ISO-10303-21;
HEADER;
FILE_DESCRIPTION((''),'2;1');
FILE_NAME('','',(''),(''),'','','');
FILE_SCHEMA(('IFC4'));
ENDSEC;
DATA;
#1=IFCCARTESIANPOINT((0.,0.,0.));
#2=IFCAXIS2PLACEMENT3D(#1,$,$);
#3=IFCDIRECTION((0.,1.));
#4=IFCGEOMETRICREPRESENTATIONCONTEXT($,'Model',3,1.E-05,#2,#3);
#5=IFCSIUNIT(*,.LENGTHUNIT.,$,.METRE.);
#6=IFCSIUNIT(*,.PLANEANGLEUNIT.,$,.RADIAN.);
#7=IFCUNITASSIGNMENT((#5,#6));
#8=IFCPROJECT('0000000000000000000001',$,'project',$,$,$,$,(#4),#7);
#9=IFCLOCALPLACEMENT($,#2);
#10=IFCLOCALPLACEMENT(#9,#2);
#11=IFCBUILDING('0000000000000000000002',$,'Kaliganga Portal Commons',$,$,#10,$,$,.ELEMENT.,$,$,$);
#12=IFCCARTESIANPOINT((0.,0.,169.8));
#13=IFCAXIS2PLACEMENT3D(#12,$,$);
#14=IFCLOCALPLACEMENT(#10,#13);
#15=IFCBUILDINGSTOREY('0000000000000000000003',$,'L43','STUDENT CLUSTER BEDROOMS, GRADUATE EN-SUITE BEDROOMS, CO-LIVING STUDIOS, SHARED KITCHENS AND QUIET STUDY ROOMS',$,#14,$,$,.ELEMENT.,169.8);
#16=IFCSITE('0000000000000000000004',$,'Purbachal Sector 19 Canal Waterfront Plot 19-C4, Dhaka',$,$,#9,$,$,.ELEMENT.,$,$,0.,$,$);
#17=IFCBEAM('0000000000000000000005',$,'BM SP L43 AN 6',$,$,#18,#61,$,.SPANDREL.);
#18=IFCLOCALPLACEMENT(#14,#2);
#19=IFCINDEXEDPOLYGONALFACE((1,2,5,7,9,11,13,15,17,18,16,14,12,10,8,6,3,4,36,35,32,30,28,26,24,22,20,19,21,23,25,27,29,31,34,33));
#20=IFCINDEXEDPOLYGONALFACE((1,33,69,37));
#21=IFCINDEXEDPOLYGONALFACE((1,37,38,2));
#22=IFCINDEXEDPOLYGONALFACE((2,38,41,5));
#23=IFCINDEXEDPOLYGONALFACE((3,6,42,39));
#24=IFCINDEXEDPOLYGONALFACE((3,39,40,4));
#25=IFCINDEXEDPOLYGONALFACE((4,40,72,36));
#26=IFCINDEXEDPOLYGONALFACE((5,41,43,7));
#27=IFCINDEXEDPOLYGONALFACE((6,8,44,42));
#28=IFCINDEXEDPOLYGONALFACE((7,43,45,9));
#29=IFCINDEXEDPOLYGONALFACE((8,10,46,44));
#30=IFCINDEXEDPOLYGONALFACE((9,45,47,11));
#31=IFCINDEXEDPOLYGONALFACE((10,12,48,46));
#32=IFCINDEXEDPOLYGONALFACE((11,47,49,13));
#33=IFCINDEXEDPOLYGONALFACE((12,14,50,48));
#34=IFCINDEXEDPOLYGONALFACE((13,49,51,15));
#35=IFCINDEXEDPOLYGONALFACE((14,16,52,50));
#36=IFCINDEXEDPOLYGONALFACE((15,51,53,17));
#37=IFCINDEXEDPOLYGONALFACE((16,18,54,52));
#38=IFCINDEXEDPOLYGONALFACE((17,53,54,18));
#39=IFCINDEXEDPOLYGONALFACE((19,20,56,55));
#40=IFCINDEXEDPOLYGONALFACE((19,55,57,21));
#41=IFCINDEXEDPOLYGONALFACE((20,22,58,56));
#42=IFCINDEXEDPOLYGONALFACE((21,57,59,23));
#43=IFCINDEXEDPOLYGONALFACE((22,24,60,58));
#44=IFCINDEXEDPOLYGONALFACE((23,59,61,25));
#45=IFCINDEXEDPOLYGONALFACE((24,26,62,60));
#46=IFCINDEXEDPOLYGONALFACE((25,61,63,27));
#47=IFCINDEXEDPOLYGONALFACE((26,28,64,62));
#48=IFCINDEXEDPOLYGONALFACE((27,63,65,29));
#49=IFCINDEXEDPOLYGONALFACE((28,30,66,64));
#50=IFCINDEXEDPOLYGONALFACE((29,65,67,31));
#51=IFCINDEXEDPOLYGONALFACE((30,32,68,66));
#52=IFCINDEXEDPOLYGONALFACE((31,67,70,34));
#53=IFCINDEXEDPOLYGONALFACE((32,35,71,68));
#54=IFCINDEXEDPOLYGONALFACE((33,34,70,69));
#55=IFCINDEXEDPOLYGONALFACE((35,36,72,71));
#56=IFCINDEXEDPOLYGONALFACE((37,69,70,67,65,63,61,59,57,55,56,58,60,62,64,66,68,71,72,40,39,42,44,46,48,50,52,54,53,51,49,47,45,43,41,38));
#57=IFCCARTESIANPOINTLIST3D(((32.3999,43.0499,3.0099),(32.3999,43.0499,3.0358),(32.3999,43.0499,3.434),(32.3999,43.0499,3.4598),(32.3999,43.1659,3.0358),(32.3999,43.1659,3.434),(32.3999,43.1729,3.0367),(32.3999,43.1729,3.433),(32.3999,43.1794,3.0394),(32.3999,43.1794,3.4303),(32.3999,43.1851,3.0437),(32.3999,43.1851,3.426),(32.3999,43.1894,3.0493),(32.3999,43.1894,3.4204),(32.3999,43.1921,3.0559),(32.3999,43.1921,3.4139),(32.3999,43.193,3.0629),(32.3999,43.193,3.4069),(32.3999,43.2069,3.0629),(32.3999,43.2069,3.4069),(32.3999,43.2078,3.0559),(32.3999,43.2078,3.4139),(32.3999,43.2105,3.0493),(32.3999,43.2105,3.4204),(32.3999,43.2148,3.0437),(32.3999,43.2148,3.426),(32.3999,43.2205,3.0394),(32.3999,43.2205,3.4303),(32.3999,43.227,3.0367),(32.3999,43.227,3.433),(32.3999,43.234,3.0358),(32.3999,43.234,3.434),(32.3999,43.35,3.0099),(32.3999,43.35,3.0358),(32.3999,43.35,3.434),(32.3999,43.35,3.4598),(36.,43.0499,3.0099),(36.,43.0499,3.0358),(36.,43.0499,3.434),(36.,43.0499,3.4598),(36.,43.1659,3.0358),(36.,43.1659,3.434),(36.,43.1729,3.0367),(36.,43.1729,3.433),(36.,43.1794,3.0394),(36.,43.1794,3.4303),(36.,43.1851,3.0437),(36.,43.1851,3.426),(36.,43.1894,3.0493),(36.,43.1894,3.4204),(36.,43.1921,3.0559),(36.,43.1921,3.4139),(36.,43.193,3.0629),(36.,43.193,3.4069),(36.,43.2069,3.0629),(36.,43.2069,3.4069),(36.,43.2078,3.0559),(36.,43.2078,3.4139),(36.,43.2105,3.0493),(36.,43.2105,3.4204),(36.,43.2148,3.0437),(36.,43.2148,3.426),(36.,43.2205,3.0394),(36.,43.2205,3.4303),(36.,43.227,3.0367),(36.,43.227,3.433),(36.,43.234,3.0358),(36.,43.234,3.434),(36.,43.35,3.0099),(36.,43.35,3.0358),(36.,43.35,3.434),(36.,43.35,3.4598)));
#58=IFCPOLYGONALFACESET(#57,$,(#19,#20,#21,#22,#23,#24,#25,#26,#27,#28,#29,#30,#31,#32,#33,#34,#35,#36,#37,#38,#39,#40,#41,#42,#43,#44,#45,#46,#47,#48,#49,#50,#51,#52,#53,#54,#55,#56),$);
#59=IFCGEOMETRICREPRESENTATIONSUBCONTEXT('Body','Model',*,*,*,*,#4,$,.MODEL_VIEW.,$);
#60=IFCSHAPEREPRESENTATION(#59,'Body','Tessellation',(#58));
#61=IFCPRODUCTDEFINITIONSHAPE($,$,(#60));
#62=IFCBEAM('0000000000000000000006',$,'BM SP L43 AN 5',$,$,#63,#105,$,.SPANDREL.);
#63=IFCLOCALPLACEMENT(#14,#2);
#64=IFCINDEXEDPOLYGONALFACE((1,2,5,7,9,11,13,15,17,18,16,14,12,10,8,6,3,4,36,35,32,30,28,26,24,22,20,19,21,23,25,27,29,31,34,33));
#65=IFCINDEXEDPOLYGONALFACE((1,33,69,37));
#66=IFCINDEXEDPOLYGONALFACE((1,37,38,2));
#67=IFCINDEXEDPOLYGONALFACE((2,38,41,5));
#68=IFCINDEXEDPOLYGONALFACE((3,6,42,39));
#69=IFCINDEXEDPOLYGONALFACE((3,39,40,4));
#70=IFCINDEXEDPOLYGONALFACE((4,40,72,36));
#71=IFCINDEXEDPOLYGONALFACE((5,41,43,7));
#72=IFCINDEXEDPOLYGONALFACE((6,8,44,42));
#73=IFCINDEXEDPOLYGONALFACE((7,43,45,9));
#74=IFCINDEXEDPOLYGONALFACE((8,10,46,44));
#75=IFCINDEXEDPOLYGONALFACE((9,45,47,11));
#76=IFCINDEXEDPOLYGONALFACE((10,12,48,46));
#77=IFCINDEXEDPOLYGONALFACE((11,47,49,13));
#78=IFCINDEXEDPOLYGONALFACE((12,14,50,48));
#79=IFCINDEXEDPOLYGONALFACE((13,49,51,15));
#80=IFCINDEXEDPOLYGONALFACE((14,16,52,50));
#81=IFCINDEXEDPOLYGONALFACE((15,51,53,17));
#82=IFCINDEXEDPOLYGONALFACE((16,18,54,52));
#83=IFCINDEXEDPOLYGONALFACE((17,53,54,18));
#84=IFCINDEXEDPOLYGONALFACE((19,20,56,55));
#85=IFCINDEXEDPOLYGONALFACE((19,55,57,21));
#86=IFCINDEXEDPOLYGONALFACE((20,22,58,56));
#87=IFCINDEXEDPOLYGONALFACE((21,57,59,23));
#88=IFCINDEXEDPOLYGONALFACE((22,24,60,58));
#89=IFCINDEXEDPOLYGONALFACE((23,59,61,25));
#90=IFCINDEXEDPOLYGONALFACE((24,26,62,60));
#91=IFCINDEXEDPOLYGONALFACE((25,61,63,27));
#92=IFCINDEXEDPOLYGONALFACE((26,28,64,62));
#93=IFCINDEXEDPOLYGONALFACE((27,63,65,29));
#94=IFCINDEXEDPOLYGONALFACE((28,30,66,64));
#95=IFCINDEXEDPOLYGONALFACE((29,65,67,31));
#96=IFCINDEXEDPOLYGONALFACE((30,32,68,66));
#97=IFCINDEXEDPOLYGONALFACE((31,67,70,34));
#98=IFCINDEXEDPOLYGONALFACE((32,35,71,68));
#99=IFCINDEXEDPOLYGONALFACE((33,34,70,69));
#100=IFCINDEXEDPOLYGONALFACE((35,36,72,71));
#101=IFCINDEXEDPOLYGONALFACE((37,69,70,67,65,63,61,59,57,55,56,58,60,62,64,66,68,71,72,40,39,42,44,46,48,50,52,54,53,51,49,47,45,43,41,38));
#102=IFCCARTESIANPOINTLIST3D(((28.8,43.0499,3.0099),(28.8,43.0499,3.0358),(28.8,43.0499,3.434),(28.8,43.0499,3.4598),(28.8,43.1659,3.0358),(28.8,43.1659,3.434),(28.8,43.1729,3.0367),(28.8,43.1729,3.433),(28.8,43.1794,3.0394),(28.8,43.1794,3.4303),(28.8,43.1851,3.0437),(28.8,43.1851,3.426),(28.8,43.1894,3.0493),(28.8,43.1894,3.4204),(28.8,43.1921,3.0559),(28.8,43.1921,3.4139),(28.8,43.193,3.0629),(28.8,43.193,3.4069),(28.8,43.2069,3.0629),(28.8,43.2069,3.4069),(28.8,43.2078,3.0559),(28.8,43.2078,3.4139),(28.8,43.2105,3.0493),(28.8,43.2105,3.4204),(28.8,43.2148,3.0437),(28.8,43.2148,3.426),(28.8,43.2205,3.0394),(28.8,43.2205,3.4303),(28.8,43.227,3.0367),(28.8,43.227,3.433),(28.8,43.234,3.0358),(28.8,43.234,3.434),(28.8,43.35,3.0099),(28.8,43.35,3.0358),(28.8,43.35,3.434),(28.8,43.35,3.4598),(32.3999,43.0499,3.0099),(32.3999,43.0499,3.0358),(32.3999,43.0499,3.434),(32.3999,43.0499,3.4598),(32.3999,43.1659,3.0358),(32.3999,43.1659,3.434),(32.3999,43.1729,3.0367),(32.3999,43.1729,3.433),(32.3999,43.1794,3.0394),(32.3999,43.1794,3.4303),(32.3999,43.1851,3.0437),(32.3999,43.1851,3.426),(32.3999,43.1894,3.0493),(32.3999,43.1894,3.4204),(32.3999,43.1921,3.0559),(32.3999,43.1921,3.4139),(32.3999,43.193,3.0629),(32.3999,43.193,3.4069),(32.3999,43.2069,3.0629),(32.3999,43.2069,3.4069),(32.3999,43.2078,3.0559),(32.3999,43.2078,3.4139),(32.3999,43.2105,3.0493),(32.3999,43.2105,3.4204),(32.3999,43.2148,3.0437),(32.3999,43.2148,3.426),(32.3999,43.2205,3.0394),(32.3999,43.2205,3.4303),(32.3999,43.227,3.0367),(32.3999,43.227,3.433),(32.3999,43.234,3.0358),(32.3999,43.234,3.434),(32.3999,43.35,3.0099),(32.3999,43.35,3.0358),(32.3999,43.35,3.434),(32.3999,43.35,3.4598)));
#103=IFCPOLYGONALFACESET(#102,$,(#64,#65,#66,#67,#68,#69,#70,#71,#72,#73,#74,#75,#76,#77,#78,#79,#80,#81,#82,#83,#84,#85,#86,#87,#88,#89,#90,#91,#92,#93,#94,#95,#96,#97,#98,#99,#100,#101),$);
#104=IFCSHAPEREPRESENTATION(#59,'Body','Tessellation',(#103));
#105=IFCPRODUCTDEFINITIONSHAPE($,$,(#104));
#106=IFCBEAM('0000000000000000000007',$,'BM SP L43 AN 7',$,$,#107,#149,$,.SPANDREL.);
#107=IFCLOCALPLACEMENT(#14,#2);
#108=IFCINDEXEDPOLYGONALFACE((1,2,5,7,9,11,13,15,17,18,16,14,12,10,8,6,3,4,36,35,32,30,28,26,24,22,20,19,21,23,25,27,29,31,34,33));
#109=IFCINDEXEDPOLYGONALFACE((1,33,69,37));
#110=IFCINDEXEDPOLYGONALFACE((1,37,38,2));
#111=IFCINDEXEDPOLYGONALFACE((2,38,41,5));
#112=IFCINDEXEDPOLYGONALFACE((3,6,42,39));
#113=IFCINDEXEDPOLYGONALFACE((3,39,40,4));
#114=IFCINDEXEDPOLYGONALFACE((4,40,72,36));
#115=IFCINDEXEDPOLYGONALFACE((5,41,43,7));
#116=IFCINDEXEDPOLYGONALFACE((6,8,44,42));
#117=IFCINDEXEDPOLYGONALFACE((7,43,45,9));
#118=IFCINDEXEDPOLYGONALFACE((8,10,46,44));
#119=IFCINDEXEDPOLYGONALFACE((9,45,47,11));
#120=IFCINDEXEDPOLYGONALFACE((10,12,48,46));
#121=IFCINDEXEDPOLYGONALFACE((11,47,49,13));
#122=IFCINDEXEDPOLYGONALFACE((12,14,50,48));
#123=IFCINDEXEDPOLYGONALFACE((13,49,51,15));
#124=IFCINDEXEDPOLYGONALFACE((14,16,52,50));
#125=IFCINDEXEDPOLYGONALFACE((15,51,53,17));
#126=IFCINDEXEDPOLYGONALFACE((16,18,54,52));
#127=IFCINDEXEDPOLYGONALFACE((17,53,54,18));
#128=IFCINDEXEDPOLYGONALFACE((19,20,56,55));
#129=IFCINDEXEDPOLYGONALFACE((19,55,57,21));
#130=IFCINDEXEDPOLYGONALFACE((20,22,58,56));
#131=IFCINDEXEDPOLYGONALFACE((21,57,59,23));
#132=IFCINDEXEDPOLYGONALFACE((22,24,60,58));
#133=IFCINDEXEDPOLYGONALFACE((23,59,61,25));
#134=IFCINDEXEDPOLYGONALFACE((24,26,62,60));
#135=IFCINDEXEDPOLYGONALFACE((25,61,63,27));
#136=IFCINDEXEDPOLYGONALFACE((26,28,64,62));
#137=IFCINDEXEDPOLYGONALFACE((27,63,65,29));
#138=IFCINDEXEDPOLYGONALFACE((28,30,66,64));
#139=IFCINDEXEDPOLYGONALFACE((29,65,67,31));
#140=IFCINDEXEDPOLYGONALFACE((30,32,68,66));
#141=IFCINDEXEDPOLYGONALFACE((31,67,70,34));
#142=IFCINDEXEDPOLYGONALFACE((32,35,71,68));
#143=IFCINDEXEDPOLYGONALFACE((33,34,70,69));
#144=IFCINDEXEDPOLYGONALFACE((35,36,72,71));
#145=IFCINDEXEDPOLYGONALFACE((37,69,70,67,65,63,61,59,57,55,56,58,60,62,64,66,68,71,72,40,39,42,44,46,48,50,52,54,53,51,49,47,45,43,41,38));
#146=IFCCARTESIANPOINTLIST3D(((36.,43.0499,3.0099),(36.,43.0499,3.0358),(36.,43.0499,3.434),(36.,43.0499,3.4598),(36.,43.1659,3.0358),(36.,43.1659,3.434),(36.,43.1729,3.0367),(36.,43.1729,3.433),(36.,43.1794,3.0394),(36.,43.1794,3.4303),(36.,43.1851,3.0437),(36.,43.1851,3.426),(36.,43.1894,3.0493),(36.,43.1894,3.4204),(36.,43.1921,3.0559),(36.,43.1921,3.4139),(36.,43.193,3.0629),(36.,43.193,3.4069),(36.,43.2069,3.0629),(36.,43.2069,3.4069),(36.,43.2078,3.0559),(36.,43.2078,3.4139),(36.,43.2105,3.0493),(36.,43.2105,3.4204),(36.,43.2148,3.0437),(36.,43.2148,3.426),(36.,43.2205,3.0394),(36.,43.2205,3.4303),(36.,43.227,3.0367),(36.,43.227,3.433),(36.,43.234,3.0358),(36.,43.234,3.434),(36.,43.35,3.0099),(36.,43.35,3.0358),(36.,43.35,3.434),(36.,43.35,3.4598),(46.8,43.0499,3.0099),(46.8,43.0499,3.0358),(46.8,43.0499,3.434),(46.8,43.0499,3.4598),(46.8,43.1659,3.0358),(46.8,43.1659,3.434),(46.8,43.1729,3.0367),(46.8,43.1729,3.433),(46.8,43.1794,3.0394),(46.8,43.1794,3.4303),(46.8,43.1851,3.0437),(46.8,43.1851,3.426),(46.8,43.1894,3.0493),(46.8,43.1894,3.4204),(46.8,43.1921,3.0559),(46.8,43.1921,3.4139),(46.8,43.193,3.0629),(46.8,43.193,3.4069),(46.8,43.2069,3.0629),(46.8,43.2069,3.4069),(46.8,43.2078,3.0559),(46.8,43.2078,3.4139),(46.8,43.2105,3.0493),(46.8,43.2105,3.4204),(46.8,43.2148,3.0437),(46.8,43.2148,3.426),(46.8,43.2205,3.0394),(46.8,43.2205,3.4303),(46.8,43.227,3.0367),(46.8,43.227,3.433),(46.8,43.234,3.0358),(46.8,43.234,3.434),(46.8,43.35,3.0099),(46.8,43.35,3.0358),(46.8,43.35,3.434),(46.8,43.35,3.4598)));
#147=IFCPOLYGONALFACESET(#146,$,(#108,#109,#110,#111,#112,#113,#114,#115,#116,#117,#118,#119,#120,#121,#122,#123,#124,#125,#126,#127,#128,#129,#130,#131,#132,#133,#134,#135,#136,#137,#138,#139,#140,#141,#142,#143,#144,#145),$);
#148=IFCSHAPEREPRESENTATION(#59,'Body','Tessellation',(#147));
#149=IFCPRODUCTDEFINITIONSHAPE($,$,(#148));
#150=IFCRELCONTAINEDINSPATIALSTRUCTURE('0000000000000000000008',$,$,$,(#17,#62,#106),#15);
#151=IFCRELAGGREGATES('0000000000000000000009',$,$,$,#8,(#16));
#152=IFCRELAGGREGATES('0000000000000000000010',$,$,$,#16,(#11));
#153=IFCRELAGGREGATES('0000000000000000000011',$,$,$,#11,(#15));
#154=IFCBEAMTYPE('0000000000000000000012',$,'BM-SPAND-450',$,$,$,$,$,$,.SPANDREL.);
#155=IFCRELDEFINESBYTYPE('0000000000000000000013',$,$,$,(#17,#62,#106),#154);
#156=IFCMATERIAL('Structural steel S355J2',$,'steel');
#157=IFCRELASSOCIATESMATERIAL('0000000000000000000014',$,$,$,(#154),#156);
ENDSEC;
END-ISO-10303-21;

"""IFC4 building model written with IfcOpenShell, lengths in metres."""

from ifc_helpers import new_model, si_unit, direction, frame, origin, origin_2d, place, context, subcontext, project, spatial, i_section, extrude, source, transform, mapped, material, material_profile, profile_set, type_object, element, save


model = new_model("IFC4")

# Units and contexts
model_context = context("Model", 3, precision=1e-05, world=origin(), true_north=direction((0.0, 1.0)))
body_context = subcontext(model_context, "Body", "Model", "MODEL_VIEW")
ifc_project = project(units=[si_unit("LENGTHUNIT", "METRE"), si_unit("PLANEANGLEUNIT", "RADIAN")], contexts=[model_context])

# Site, building, storey
site_placement = place(None, origin())
site = spatial("IfcSite", under=ifc_project, at=site_placement, Name="Purbachal Sector 19 Canal Waterfront Plot 19-C4, Dhaka", CompositionType="ELEMENT", RefElevation=0.0)
building_placement = place(site_placement, origin())
building = spatial("IfcBuilding", under=site, at=building_placement, Name="Kaliganga Portal Commons", CompositionType="ELEMENT")
storey_placement = place(building_placement, frame((0.0, 0.0, 169.8)))
storey = spatial("IfcBuildingStorey", under=building, at=storey_placement, Name="L43", Description="STUDENT CLUSTER BEDROOMS, GRADUATE EN-SUITE BEDROOMS, CO-LIVING STUDIOS, SHARED KITCHENS AND QUIET STUDY ROOMS", CompositionType="ELEMENT", Elevation=169.8)

# Beams
ifc_material_1 = material(Name="Structural steel S355J2", Category="steel")
ifc_material_profile_1 = material_profile(ifc_material_1, i_section(OverallWidth=0.3, OverallDepth=0.45, WebThickness=0.0139, FlangeThickness=0.0259, FilletRadius=0.0271, at=origin_2d()), Name="HE 450 B")
ifc_profile_set_1 = profile_set([ifc_material_profile_1], Name="Structural steel S355J2 wide-flange")
beam_type_1 = type_object("IfcBeamType", Name="BM-SPAND-450", PredefinedType="SPANDREL", material=ifc_profile_set_1)
shared_shape_1 = source(origin(), body_context, "Body", "SweptSolid", [
    extrude(i_section(OverallWidth=0.3, OverallDepth=0.45, WebThickness=0.0139, FlangeThickness=0.0259, FilletRadius=0.0271, at=origin_2d()), origin(), (0.0, 0.0, 1.0), 3.6001),
])
beam_1_placement = place(storey_placement, frame((32.3999, 43.2, 3.2349), z_axis=(1.0, 0.0, 0.0), x_axis=(0.0, 1.0, 0.0)))
element("IfcBeam", 1, at=beam_1_placement, inside=storey, type_object=beam_type_1, Name="BM SP L43 AN 6", PredefinedType="SPANDREL", context=body_context, shape_type="MappedRepresentation", body=[
    mapped(shared_shape_1, transform((0.0, 0.0, 0.0), x_axis=(1.0, 0.0, 0.0), y_axis=(0.0, 1.0, 0.0), z_axis=(0.0, 0.0, 1.0), scale=1.0)),
])
shared_shape_2 = source(origin(), body_context, "Body", "SweptSolid", [
    extrude(i_section(OverallWidth=0.3, OverallDepth=0.45, WebThickness=0.0139, FlangeThickness=0.0259, FilletRadius=0.0271, at=origin_2d()), origin(), (0.0, 0.0, 1.0), 3.5999),
])
beam_2_placement = place(storey_placement, frame((28.8, 43.2, 3.2349), z_axis=(1.0, 0.0, 0.0), x_axis=(0.0, 1.0, 0.0)))
element("IfcBeam", 2, at=beam_2_placement, inside=storey, type_object=beam_type_1, Name="BM SP L43 AN 5", PredefinedType="SPANDREL", context=body_context, shape_type="MappedRepresentation", body=[
    mapped(shared_shape_2, transform((0.0, 0.0, 0.0), x_axis=(1.0, 0.0, 0.0), y_axis=(0.0, 1.0, 0.0), z_axis=(0.0, 0.0, 1.0), scale=1.0)),
])
shared_shape_3 = source(origin(), body_context, "Body", "SweptSolid", [
    extrude(i_section(OverallWidth=0.3, OverallDepth=0.45, WebThickness=0.0139, FlangeThickness=0.0259, FilletRadius=0.0271, at=origin_2d()), origin(), (0.0, 0.0, 1.0), 10.8),
])
beam_3_placement = place(storey_placement, frame((36.0, 43.2, 3.2349), z_axis=(1.0, 0.0, 0.0), x_axis=(0.0, 1.0, 0.0)))
element("IfcBeam", 3, at=beam_3_placement, inside=storey, type_object=beam_type_1, Name="BM SP L43 AN 7", PredefinedType="SPANDREL", context=body_context, shape_type="MappedRepresentation", body=[
    mapped(shared_shape_3, transform((0.0, 0.0, 0.0), x_axis=(1.0, 0.0, 0.0), y_axis=(0.0, 1.0, 0.0), z_axis=(0.0, 0.0, 1.0), scale=1.0)),
])

save(model, "model.ifc")
